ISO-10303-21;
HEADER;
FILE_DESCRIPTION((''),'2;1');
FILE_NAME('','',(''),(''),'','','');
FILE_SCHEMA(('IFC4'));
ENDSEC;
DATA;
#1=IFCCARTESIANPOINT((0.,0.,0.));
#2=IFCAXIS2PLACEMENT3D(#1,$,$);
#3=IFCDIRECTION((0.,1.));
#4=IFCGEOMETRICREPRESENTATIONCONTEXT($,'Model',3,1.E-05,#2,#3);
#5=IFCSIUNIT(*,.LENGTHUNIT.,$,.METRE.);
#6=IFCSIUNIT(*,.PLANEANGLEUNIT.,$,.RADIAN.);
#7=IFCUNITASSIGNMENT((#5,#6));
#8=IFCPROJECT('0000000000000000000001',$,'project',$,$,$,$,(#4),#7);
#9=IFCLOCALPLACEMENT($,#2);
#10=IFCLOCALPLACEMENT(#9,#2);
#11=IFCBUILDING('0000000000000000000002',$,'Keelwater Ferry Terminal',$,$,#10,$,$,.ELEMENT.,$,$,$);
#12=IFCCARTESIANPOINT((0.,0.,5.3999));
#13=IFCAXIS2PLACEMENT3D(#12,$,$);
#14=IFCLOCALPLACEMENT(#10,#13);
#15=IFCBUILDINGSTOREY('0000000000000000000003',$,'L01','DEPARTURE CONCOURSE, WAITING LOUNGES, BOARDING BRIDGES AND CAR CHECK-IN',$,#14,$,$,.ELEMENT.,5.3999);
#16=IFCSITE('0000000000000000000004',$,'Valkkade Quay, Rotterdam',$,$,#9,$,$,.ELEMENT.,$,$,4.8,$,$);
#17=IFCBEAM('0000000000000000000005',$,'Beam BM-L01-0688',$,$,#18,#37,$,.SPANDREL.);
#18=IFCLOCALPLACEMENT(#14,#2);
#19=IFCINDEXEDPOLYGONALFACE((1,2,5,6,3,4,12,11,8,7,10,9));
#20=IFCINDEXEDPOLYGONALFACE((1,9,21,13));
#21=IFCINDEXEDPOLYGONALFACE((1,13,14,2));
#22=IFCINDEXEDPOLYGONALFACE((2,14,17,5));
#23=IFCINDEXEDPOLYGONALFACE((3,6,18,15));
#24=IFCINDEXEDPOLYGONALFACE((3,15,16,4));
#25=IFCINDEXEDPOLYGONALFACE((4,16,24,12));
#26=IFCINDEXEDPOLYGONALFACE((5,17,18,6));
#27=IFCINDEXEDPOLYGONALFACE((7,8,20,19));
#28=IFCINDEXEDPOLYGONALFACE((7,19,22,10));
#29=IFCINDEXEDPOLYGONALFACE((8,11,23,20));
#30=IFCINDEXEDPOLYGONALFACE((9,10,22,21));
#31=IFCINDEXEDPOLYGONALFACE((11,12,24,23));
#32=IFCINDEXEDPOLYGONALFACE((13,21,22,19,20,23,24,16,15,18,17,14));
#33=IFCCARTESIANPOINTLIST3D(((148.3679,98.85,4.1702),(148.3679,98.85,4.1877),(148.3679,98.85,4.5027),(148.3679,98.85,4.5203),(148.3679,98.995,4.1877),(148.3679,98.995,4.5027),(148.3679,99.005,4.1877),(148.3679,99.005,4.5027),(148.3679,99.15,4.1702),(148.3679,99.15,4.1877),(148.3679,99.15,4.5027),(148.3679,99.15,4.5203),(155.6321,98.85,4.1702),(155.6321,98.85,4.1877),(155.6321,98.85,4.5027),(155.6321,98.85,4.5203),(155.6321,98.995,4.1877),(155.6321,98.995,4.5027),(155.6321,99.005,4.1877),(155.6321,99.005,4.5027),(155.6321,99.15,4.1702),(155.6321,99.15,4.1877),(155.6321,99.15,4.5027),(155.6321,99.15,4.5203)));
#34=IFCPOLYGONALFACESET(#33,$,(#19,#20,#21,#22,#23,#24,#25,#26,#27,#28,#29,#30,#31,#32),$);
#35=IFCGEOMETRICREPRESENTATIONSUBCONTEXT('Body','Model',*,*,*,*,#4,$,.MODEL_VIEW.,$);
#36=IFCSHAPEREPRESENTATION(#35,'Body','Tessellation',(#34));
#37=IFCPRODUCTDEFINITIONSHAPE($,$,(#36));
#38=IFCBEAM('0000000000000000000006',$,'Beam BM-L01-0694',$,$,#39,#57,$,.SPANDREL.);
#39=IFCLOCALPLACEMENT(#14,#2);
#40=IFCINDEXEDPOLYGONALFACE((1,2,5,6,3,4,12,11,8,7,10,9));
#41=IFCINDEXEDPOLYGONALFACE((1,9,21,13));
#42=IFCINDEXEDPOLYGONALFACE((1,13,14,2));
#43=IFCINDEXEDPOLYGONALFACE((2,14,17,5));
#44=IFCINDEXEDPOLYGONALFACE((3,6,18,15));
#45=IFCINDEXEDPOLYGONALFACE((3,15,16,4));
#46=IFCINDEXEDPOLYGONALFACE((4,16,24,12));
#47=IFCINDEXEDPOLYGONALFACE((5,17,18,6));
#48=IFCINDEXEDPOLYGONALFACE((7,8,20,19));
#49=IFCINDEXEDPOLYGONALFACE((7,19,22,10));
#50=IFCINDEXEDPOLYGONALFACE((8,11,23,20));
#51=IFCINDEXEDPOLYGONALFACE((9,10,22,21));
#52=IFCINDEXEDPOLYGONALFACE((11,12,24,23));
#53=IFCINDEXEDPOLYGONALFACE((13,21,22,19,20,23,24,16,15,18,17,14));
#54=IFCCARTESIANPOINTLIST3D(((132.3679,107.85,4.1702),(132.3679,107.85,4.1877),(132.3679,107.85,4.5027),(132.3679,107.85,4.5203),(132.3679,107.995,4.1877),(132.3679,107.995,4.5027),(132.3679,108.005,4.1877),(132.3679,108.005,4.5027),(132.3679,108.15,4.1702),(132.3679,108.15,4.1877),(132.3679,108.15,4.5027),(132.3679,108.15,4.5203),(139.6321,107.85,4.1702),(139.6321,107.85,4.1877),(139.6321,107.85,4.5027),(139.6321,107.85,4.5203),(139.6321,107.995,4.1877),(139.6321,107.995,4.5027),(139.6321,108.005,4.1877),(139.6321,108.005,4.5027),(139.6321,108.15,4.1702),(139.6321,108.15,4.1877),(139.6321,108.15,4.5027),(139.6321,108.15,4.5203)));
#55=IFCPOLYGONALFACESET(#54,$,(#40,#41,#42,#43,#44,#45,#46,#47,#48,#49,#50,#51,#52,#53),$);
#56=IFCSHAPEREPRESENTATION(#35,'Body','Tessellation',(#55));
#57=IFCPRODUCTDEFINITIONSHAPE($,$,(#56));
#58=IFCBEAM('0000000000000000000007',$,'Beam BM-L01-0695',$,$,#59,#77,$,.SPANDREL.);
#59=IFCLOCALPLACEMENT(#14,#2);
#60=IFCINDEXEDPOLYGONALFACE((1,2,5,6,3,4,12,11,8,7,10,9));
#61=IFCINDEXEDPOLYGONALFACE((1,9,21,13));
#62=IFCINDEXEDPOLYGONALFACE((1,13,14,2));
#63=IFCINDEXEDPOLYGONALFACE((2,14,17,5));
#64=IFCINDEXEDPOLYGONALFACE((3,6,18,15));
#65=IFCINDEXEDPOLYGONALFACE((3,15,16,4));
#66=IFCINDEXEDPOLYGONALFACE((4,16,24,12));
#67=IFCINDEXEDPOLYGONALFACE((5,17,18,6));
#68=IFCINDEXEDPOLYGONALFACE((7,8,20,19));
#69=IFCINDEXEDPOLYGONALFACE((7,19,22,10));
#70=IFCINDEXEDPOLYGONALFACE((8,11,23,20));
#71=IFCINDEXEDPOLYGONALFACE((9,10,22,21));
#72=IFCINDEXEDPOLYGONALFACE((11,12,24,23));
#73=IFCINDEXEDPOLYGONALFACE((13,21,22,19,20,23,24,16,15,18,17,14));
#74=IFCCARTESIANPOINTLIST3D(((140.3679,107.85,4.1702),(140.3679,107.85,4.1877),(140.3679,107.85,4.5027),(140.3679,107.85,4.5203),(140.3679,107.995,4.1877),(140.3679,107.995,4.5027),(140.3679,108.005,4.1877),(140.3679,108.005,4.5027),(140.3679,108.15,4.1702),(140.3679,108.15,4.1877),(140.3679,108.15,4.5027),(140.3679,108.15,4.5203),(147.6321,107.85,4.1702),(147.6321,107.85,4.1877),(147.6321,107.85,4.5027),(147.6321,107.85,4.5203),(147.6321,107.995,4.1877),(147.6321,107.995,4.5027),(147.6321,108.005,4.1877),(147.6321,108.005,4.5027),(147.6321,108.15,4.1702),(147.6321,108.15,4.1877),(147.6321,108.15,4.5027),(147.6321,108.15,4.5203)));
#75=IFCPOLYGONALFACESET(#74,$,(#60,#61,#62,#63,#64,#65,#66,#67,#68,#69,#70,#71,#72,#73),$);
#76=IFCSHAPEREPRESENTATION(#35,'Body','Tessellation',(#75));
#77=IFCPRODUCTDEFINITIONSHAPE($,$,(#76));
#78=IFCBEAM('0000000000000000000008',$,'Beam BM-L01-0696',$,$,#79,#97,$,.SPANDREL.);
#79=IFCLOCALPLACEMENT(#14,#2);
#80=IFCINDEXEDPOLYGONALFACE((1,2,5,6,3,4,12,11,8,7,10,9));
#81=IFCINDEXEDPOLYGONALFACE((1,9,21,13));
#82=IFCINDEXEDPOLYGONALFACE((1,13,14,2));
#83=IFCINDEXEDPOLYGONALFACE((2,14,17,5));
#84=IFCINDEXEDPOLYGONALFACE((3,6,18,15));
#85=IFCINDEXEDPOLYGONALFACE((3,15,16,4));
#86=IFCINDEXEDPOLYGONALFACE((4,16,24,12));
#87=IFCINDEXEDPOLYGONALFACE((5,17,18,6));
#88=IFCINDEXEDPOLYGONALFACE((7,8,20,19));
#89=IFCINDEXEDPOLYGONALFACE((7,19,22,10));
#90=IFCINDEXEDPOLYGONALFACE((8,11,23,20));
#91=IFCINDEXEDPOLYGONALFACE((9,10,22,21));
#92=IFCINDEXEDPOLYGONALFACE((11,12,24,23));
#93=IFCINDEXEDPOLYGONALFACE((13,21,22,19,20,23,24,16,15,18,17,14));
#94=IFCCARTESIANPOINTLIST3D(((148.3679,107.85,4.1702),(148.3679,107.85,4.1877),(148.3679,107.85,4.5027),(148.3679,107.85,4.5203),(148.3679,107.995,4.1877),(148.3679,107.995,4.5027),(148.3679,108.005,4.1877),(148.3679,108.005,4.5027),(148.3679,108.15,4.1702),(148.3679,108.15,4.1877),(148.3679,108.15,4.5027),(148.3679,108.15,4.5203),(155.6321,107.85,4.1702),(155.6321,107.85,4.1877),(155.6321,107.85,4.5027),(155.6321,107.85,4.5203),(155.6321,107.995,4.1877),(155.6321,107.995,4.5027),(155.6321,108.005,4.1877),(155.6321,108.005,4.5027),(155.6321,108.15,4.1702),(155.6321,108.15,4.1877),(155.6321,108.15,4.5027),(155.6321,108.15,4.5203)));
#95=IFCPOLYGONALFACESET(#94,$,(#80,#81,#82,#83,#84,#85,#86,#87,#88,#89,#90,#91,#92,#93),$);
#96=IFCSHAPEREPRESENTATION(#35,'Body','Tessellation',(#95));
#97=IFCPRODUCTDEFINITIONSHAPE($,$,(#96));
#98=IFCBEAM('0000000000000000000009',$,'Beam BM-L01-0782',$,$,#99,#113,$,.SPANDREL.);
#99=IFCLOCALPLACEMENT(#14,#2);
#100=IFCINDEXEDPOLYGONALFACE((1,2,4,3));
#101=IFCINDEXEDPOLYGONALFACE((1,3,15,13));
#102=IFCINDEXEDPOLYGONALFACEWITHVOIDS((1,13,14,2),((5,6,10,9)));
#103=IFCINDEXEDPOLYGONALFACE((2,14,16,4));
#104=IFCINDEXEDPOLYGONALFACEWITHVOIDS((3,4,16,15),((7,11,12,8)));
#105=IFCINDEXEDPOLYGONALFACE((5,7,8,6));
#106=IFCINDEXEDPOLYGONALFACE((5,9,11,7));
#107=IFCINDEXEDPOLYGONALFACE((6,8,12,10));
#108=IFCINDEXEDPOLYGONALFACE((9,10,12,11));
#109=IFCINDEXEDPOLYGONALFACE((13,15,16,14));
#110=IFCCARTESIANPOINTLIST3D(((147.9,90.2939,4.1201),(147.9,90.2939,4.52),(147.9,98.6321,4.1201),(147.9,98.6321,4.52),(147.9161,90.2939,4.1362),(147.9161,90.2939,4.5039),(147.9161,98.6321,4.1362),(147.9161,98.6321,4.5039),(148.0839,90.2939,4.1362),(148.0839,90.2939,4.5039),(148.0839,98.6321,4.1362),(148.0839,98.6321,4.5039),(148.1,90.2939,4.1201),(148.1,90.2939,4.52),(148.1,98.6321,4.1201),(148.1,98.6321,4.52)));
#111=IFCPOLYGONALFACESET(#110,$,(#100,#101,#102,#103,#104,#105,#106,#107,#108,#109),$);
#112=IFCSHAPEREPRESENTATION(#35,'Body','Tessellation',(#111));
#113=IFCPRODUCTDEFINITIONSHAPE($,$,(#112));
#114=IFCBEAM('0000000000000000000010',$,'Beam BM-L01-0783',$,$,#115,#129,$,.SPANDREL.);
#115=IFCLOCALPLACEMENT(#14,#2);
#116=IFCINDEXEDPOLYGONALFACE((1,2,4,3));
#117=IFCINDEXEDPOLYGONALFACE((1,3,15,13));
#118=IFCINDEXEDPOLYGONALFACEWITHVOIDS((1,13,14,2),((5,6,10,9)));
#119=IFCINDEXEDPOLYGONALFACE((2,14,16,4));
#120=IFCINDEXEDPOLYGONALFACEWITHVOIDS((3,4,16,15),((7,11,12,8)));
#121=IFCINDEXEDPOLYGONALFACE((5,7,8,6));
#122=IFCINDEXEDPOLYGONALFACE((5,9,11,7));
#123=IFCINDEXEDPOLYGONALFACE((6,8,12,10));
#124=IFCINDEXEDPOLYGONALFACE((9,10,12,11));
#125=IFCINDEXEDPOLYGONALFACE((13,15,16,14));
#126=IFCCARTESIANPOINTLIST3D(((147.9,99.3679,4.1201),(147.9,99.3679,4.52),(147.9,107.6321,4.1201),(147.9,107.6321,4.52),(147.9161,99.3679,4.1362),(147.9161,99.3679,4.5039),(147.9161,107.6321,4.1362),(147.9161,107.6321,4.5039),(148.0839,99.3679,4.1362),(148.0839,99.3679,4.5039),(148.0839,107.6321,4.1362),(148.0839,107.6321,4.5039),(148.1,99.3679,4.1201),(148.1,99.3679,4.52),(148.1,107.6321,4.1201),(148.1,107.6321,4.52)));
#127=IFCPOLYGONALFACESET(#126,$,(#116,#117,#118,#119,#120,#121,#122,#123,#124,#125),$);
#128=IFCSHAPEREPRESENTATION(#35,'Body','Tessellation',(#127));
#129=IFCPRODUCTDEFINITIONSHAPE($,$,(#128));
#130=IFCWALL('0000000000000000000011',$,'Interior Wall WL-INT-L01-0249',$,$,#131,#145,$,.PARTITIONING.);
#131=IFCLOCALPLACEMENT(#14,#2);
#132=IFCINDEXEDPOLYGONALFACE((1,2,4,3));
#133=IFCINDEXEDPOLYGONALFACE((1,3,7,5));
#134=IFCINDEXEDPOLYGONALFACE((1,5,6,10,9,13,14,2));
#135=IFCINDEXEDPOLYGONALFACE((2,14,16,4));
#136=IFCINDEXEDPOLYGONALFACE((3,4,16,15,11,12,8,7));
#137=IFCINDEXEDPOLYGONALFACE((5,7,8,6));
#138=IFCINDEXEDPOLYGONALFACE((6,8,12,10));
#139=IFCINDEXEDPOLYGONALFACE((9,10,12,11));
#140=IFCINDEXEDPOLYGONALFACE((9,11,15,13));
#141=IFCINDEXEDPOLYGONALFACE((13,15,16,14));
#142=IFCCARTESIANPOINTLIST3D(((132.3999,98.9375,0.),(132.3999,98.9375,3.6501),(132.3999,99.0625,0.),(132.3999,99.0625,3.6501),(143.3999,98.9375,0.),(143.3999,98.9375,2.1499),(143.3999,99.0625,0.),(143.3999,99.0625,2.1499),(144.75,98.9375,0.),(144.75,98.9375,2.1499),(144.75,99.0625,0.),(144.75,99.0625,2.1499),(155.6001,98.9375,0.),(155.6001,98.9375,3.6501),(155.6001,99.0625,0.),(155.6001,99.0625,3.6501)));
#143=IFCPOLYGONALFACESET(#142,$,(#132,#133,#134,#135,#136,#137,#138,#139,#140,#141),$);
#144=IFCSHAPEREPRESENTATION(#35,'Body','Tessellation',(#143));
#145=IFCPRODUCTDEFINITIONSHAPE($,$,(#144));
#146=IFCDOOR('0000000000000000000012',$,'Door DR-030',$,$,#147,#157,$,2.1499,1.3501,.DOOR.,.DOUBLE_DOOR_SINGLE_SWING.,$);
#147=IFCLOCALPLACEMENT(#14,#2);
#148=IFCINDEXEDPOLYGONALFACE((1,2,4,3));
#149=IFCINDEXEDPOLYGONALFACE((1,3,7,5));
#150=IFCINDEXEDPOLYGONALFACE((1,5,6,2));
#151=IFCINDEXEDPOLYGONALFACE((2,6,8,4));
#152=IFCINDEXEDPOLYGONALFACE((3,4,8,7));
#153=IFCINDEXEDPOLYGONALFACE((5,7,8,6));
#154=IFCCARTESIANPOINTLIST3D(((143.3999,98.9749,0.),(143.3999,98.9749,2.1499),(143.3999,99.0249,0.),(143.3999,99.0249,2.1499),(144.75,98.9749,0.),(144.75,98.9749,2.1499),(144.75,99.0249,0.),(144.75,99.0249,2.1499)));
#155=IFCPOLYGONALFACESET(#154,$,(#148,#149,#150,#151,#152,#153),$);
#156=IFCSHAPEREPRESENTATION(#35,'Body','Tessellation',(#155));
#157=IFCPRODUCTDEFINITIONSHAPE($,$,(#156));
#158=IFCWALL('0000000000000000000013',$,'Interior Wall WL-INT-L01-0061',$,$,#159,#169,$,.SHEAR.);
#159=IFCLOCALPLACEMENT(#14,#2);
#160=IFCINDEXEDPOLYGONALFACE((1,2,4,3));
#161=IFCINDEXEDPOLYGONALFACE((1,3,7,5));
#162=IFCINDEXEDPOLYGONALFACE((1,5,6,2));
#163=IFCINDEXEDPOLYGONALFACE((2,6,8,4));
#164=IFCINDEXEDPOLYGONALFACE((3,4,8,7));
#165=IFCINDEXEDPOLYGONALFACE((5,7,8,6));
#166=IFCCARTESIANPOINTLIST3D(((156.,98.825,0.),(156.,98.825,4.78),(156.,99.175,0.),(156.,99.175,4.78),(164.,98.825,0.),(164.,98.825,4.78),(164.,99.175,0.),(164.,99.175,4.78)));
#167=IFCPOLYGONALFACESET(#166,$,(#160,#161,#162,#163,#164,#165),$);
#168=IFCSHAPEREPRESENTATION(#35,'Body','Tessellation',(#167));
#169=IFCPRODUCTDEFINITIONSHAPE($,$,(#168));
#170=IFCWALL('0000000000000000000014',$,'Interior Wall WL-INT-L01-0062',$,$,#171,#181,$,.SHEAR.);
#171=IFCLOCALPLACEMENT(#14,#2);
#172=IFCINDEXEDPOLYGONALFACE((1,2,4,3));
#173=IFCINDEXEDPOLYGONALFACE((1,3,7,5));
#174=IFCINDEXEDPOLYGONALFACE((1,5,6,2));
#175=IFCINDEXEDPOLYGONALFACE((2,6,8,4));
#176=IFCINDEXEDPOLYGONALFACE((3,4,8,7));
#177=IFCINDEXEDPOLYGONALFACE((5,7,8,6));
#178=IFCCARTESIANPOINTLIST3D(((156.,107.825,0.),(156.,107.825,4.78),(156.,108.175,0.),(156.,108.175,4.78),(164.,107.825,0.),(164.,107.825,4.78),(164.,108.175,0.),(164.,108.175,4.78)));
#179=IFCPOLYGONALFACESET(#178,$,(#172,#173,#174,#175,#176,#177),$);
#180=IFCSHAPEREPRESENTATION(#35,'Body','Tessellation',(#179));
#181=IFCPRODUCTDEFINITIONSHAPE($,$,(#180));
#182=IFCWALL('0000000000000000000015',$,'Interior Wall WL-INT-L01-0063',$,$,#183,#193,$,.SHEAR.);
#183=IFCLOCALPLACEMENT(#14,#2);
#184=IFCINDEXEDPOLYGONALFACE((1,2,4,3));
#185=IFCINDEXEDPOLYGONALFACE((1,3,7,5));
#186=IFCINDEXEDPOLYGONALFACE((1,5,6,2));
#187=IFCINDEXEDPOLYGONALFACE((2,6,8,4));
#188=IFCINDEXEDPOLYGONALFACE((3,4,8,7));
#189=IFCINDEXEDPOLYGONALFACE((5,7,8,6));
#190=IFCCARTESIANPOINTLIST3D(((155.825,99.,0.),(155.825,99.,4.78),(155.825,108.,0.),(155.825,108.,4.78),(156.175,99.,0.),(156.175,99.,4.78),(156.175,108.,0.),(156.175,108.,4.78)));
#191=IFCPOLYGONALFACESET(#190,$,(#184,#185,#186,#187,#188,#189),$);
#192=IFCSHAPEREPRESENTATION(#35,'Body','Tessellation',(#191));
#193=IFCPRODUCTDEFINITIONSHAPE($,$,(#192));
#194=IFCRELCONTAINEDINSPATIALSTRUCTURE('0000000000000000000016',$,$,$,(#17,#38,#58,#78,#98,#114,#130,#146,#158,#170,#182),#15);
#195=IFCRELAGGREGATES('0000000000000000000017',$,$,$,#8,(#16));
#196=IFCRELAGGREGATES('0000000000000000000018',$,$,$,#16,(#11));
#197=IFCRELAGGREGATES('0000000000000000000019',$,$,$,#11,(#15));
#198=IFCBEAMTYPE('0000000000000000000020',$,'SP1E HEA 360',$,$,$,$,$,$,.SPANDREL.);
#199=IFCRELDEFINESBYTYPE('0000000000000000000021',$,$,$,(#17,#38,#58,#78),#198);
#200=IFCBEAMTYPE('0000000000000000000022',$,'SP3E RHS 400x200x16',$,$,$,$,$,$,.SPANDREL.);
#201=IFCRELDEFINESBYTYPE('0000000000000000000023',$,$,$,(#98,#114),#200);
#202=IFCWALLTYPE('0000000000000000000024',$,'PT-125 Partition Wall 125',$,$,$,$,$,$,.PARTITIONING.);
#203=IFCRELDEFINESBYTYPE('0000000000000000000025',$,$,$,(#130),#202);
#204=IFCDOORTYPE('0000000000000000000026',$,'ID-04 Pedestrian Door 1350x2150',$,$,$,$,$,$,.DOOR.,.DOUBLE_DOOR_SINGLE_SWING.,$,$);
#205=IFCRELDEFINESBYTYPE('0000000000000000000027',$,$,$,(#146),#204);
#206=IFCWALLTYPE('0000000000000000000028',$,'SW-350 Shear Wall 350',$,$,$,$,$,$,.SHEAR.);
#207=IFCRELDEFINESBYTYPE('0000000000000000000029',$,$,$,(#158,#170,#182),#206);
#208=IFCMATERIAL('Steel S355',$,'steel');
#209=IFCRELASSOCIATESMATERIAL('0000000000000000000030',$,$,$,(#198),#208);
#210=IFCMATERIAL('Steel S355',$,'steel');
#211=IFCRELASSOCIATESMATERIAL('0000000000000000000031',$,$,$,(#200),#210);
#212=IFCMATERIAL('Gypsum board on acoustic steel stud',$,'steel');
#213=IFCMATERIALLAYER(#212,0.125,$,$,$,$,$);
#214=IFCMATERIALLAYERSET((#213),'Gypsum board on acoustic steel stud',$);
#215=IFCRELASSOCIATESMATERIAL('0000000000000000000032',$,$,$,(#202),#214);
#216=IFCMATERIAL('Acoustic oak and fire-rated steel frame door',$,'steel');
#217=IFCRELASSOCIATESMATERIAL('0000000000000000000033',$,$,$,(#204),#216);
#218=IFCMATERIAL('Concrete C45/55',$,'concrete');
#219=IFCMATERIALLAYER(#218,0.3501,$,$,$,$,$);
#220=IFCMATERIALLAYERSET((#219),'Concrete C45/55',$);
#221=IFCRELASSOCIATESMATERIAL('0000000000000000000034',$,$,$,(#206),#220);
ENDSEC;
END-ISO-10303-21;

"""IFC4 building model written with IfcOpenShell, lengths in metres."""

from ifc_helpers import new_model, si_unit, direction, frame, frame_2d, origin, origin_2d, place, context, subcontext, project, spatial, rectangle, hollow_rectangle, i_section, extrude, material, layer, layer_set, material_profile, profile_set, type_object, element, fill, save


model = new_model("IFC4")

# Units and contexts
model_context = context("Model", 3, precision=1e-05, world=origin(), true_north=direction((0.0, 1.0)))
body_context = subcontext(model_context, "Body", "Model", "MODEL_VIEW")
ifc_project = project(units=[si_unit("LENGTHUNIT", "METRE"), si_unit("PLANEANGLEUNIT", "RADIAN")], contexts=[model_context])

# Site, building, storey
site_placement = place(None, origin())
site = spatial("IfcSite", under=ifc_project, at=site_placement, Name="Valkkade Quay, Rotterdam", CompositionType="ELEMENT", RefElevation=4.8)
building_placement = place(site_placement, origin())
building = spatial("IfcBuilding", under=site, at=building_placement, Name="Keelwater Ferry Terminal", CompositionType="ELEMENT")
storey_placement = place(building_placement, frame((0.0, 0.0, 5.3999)))
storey = spatial("IfcBuildingStorey", under=building, at=storey_placement, Name="L01", Description="DEPARTURE CONCOURSE, WAITING LOUNGES, BOARDING BRIDGES AND CAR CHECK-IN", CompositionType="ELEMENT", Elevation=5.3999)

# Beams
ifc_material_1 = material(Name="Steel S355", Category="steel")
ifc_material_profile_1 = material_profile(ifc_material_1, i_section(OverallWidth=0.3, OverallDepth=0.3501, WebThickness=0.01, FlangeThickness=0.0176, at=origin_2d()), Name="HEA 360")
ifc_profile_set_1 = profile_set([ifc_material_profile_1], Name="Steel S355")
beam_type_1 = type_object("IfcBeamType", Name="SP1E HEA 360", PredefinedType="SPANDREL", material=ifc_profile_set_1)
for number, where, z_axis, x_axis, name in (
    (1, (148.3679, 99.0, 4.3452), (1.0, 0.0, 0.0), (0.0, 1.0, 0.0), "Beam BM-L01-0688"),
    (2, (132.3679, 108.0, 4.3452), (1.0, 0.0, 0.0), (0.0, 1.0, 0.0), "Beam BM-L01-0694"),
    (3, (140.3679, 108.0, 4.3452), (1.0, 0.0, 0.0), (0.0, 1.0, 0.0), "Beam BM-L01-0695"),
    (4, (148.3679, 108.0, 4.3452), (1.0, 0.0, 0.0), (0.0, 1.0, 0.0), "Beam BM-L01-0696"),
):
    element("IfcBeam", number, at=place(storey_placement, frame(where, z_axis=z_axis, x_axis=x_axis)), inside=storey, type_object=beam_type_1, Name=name, PredefinedType="SPANDREL", context=body_context, shape_type="SweptSolid", body=[
        extrude(i_section(OverallWidth=0.3, OverallDepth=0.3501, WebThickness=0.01, FlangeThickness=0.0176, at=origin_2d()), origin(), (0.0, 0.0, 1.0), 7.2642),
    ])
ifc_material_2 = material(Name="Steel S355", Category="steel")
ifc_material_profile_2 = material_profile(ifc_material_2, hollow_rectangle(XDim=0.2, YDim=0.3999, WallThickness=0.0161, at=origin_2d()), Name="RHS 400x200x16")
ifc_profile_set_2 = profile_set([ifc_material_profile_2], Name="Steel S355")
beam_type_2 = type_object("IfcBeamType", Name="SP3E RHS 400x200x16", PredefinedType="SPANDREL", material=ifc_profile_set_2)
beam_1_placement = place(storey_placement, frame((148.0, 90.2939, 4.3201), z_axis=(0.0, 1.0, 0.0), x_axis=(-1.0, 0.0, 0.0)))
element("IfcBeam", 5, at=beam_1_placement, inside=storey, type_object=beam_type_2, Name="Beam BM-L01-0782", PredefinedType="SPANDREL", context=body_context, shape_type="SweptSolid", body=[
    extrude(hollow_rectangle(XDim=0.2, YDim=0.3999, WallThickness=0.0161, at=origin_2d()), origin(), (0.0, 0.0, 1.0), 8.3381),
])
beam_2_placement = place(storey_placement, frame((148.0, 99.3679, 4.3201), z_axis=(0.0, 1.0, 0.0), x_axis=(-1.0, 0.0, 0.0)))
element("IfcBeam", 6, at=beam_2_placement, inside=storey, type_object=beam_type_2, Name="Beam BM-L01-0783", PredefinedType="SPANDREL", context=body_context, shape_type="SweptSolid", body=[
    extrude(hollow_rectangle(XDim=0.2, YDim=0.3999, WallThickness=0.0161, at=origin_2d()), origin(), (0.0, 0.0, 1.0), 8.2642),
])

# Wall, opening, door
ifc_material_3 = material(Name="Gypsum board on acoustic steel stud", Category="steel")
ifc_layer_1 = layer(ifc_material_3, 0.125)
ifc_layer_set_1 = layer_set([ifc_layer_1], Name="Gypsum board on acoustic steel stud")
wall_type_1 = type_object("IfcWallType", Name="PT-125 Partition Wall 125", PredefinedType="PARTITIONING", material=ifc_layer_set_1)
wall_1_placement = place(storey_placement, frame((132.3999, 99.0, 0.0), z_axis=(0.0, 0.0, 1.0), x_axis=(1.0, 0.0, 0.0)))
wall_1 = element("IfcWall", 7, at=wall_1_placement, inside=storey, type_object=wall_type_1, Name="Interior Wall WL-INT-L01-0249", PredefinedType="PARTITIONING", context=body_context, shape_type="SweptSolid", body=[
    extrude(rectangle(XDim=23.2002, YDim=0.125, at=frame_2d((11.6001, 0.0))), origin(), (0.0, 0.0, 1.0), 3.6501),
])
opening_placement = place(wall_1_placement, frame((11.0, 0.0, 0.0)))
opening = element("IfcOpeningElement", 8, at=opening_placement, cuts=wall_1, PredefinedType="OPENING", context=body_context, shape_type="SweptSolid", body=[
    extrude(rectangle(XDim=1.3501, YDim=2.1499, at=frame_2d((0.675, 1.075))), frame((0.0, 0.0725, 0.0), z_axis=(0.0, -1.0, 0.0), x_axis=(1.0, 0.0, 0.0)), (0.0, 0.0, 1.0), 0.145),
])
ifc_material_4 = material(Name="Acoustic oak and fire-rated steel frame door", Category="steel")
door_type = type_object("IfcDoorType", Name="ID-04 Pedestrian Door 1350x2150", OperationType="DOUBLE_DOOR_SINGLE_SWING", PredefinedType="DOOR", material=ifc_material_4)
door_placement = place(opening_placement, origin())
door = element("IfcDoor", 9, at=door_placement, inside=storey, type_object=door_type, Name="Door DR-030", OperationType="DOUBLE_DOOR_SINGLE_SWING", OverallHeight=2.1499, OverallWidth=1.3501, PredefinedType="DOOR", context=body_context, shape_type="SweptSolid", body=[
    extrude(rectangle(XDim=1.3501, YDim=2.1499, at=frame_2d((0.675, 1.075))), frame((0.0, 0.0249, 0.0), z_axis=(0.0, -1.0, 0.0), x_axis=(1.0, 0.0, 0.0)), (0.0, 0.0, 1.0), 0.05),
])
fill(opening, door)

# Walls
ifc_material_5 = material(Name="Concrete C45/55", Category="concrete")
ifc_layer_2 = layer(ifc_material_5, 0.3501)
ifc_layer_set_2 = layer_set([ifc_layer_2], Name="Concrete C45/55")
wall_type_2 = type_object("IfcWallType", Name="SW-350 Shear Wall 350", PredefinedType="SHEAR", material=ifc_layer_set_2)
for number, where, z_axis, x_axis, name in (
    (10, (156.0, 99.0, 0.0), (0.0, 0.0, 1.0), (1.0, 0.0, 0.0), "Interior Wall WL-INT-L01-0061"),
    (11, (156.0, 108.0, 0.0), (0.0, 0.0, 1.0), (1.0, 0.0, 0.0), "Interior Wall WL-INT-L01-0062"),
):
    element("IfcWall", number, at=place(storey_placement, frame(where, z_axis=z_axis, x_axis=x_axis)), inside=storey, type_object=wall_type_2, Name=name, PredefinedType="SHEAR", context=body_context, shape_type="SweptSolid", body=[
        extrude(rectangle(XDim=8.0, YDim=0.3501, at=frame_2d((4.0, 0.0))), origin(), (0.0, 0.0, 1.0), 4.78),
    ])
wall_2_placement = place(storey_placement, frame((156.0, 99.0, 0.0), z_axis=(0.0, 0.0, 1.0), x_axis=(0.0, 1.0, 0.0)))
element("IfcWall", 12, at=wall_2_placement, inside=storey, type_object=wall_type_2, Name="Interior Wall WL-INT-L01-0063", PredefinedType="SHEAR", context=body_context, shape_type="SweptSolid", body=[
    extrude(rectangle(XDim=9.0, YDim=0.3501, at=frame_2d((4.5, 0.0))), origin(), (0.0, 0.0, 1.0), 4.78),
])

save(model, "model.ifc")
